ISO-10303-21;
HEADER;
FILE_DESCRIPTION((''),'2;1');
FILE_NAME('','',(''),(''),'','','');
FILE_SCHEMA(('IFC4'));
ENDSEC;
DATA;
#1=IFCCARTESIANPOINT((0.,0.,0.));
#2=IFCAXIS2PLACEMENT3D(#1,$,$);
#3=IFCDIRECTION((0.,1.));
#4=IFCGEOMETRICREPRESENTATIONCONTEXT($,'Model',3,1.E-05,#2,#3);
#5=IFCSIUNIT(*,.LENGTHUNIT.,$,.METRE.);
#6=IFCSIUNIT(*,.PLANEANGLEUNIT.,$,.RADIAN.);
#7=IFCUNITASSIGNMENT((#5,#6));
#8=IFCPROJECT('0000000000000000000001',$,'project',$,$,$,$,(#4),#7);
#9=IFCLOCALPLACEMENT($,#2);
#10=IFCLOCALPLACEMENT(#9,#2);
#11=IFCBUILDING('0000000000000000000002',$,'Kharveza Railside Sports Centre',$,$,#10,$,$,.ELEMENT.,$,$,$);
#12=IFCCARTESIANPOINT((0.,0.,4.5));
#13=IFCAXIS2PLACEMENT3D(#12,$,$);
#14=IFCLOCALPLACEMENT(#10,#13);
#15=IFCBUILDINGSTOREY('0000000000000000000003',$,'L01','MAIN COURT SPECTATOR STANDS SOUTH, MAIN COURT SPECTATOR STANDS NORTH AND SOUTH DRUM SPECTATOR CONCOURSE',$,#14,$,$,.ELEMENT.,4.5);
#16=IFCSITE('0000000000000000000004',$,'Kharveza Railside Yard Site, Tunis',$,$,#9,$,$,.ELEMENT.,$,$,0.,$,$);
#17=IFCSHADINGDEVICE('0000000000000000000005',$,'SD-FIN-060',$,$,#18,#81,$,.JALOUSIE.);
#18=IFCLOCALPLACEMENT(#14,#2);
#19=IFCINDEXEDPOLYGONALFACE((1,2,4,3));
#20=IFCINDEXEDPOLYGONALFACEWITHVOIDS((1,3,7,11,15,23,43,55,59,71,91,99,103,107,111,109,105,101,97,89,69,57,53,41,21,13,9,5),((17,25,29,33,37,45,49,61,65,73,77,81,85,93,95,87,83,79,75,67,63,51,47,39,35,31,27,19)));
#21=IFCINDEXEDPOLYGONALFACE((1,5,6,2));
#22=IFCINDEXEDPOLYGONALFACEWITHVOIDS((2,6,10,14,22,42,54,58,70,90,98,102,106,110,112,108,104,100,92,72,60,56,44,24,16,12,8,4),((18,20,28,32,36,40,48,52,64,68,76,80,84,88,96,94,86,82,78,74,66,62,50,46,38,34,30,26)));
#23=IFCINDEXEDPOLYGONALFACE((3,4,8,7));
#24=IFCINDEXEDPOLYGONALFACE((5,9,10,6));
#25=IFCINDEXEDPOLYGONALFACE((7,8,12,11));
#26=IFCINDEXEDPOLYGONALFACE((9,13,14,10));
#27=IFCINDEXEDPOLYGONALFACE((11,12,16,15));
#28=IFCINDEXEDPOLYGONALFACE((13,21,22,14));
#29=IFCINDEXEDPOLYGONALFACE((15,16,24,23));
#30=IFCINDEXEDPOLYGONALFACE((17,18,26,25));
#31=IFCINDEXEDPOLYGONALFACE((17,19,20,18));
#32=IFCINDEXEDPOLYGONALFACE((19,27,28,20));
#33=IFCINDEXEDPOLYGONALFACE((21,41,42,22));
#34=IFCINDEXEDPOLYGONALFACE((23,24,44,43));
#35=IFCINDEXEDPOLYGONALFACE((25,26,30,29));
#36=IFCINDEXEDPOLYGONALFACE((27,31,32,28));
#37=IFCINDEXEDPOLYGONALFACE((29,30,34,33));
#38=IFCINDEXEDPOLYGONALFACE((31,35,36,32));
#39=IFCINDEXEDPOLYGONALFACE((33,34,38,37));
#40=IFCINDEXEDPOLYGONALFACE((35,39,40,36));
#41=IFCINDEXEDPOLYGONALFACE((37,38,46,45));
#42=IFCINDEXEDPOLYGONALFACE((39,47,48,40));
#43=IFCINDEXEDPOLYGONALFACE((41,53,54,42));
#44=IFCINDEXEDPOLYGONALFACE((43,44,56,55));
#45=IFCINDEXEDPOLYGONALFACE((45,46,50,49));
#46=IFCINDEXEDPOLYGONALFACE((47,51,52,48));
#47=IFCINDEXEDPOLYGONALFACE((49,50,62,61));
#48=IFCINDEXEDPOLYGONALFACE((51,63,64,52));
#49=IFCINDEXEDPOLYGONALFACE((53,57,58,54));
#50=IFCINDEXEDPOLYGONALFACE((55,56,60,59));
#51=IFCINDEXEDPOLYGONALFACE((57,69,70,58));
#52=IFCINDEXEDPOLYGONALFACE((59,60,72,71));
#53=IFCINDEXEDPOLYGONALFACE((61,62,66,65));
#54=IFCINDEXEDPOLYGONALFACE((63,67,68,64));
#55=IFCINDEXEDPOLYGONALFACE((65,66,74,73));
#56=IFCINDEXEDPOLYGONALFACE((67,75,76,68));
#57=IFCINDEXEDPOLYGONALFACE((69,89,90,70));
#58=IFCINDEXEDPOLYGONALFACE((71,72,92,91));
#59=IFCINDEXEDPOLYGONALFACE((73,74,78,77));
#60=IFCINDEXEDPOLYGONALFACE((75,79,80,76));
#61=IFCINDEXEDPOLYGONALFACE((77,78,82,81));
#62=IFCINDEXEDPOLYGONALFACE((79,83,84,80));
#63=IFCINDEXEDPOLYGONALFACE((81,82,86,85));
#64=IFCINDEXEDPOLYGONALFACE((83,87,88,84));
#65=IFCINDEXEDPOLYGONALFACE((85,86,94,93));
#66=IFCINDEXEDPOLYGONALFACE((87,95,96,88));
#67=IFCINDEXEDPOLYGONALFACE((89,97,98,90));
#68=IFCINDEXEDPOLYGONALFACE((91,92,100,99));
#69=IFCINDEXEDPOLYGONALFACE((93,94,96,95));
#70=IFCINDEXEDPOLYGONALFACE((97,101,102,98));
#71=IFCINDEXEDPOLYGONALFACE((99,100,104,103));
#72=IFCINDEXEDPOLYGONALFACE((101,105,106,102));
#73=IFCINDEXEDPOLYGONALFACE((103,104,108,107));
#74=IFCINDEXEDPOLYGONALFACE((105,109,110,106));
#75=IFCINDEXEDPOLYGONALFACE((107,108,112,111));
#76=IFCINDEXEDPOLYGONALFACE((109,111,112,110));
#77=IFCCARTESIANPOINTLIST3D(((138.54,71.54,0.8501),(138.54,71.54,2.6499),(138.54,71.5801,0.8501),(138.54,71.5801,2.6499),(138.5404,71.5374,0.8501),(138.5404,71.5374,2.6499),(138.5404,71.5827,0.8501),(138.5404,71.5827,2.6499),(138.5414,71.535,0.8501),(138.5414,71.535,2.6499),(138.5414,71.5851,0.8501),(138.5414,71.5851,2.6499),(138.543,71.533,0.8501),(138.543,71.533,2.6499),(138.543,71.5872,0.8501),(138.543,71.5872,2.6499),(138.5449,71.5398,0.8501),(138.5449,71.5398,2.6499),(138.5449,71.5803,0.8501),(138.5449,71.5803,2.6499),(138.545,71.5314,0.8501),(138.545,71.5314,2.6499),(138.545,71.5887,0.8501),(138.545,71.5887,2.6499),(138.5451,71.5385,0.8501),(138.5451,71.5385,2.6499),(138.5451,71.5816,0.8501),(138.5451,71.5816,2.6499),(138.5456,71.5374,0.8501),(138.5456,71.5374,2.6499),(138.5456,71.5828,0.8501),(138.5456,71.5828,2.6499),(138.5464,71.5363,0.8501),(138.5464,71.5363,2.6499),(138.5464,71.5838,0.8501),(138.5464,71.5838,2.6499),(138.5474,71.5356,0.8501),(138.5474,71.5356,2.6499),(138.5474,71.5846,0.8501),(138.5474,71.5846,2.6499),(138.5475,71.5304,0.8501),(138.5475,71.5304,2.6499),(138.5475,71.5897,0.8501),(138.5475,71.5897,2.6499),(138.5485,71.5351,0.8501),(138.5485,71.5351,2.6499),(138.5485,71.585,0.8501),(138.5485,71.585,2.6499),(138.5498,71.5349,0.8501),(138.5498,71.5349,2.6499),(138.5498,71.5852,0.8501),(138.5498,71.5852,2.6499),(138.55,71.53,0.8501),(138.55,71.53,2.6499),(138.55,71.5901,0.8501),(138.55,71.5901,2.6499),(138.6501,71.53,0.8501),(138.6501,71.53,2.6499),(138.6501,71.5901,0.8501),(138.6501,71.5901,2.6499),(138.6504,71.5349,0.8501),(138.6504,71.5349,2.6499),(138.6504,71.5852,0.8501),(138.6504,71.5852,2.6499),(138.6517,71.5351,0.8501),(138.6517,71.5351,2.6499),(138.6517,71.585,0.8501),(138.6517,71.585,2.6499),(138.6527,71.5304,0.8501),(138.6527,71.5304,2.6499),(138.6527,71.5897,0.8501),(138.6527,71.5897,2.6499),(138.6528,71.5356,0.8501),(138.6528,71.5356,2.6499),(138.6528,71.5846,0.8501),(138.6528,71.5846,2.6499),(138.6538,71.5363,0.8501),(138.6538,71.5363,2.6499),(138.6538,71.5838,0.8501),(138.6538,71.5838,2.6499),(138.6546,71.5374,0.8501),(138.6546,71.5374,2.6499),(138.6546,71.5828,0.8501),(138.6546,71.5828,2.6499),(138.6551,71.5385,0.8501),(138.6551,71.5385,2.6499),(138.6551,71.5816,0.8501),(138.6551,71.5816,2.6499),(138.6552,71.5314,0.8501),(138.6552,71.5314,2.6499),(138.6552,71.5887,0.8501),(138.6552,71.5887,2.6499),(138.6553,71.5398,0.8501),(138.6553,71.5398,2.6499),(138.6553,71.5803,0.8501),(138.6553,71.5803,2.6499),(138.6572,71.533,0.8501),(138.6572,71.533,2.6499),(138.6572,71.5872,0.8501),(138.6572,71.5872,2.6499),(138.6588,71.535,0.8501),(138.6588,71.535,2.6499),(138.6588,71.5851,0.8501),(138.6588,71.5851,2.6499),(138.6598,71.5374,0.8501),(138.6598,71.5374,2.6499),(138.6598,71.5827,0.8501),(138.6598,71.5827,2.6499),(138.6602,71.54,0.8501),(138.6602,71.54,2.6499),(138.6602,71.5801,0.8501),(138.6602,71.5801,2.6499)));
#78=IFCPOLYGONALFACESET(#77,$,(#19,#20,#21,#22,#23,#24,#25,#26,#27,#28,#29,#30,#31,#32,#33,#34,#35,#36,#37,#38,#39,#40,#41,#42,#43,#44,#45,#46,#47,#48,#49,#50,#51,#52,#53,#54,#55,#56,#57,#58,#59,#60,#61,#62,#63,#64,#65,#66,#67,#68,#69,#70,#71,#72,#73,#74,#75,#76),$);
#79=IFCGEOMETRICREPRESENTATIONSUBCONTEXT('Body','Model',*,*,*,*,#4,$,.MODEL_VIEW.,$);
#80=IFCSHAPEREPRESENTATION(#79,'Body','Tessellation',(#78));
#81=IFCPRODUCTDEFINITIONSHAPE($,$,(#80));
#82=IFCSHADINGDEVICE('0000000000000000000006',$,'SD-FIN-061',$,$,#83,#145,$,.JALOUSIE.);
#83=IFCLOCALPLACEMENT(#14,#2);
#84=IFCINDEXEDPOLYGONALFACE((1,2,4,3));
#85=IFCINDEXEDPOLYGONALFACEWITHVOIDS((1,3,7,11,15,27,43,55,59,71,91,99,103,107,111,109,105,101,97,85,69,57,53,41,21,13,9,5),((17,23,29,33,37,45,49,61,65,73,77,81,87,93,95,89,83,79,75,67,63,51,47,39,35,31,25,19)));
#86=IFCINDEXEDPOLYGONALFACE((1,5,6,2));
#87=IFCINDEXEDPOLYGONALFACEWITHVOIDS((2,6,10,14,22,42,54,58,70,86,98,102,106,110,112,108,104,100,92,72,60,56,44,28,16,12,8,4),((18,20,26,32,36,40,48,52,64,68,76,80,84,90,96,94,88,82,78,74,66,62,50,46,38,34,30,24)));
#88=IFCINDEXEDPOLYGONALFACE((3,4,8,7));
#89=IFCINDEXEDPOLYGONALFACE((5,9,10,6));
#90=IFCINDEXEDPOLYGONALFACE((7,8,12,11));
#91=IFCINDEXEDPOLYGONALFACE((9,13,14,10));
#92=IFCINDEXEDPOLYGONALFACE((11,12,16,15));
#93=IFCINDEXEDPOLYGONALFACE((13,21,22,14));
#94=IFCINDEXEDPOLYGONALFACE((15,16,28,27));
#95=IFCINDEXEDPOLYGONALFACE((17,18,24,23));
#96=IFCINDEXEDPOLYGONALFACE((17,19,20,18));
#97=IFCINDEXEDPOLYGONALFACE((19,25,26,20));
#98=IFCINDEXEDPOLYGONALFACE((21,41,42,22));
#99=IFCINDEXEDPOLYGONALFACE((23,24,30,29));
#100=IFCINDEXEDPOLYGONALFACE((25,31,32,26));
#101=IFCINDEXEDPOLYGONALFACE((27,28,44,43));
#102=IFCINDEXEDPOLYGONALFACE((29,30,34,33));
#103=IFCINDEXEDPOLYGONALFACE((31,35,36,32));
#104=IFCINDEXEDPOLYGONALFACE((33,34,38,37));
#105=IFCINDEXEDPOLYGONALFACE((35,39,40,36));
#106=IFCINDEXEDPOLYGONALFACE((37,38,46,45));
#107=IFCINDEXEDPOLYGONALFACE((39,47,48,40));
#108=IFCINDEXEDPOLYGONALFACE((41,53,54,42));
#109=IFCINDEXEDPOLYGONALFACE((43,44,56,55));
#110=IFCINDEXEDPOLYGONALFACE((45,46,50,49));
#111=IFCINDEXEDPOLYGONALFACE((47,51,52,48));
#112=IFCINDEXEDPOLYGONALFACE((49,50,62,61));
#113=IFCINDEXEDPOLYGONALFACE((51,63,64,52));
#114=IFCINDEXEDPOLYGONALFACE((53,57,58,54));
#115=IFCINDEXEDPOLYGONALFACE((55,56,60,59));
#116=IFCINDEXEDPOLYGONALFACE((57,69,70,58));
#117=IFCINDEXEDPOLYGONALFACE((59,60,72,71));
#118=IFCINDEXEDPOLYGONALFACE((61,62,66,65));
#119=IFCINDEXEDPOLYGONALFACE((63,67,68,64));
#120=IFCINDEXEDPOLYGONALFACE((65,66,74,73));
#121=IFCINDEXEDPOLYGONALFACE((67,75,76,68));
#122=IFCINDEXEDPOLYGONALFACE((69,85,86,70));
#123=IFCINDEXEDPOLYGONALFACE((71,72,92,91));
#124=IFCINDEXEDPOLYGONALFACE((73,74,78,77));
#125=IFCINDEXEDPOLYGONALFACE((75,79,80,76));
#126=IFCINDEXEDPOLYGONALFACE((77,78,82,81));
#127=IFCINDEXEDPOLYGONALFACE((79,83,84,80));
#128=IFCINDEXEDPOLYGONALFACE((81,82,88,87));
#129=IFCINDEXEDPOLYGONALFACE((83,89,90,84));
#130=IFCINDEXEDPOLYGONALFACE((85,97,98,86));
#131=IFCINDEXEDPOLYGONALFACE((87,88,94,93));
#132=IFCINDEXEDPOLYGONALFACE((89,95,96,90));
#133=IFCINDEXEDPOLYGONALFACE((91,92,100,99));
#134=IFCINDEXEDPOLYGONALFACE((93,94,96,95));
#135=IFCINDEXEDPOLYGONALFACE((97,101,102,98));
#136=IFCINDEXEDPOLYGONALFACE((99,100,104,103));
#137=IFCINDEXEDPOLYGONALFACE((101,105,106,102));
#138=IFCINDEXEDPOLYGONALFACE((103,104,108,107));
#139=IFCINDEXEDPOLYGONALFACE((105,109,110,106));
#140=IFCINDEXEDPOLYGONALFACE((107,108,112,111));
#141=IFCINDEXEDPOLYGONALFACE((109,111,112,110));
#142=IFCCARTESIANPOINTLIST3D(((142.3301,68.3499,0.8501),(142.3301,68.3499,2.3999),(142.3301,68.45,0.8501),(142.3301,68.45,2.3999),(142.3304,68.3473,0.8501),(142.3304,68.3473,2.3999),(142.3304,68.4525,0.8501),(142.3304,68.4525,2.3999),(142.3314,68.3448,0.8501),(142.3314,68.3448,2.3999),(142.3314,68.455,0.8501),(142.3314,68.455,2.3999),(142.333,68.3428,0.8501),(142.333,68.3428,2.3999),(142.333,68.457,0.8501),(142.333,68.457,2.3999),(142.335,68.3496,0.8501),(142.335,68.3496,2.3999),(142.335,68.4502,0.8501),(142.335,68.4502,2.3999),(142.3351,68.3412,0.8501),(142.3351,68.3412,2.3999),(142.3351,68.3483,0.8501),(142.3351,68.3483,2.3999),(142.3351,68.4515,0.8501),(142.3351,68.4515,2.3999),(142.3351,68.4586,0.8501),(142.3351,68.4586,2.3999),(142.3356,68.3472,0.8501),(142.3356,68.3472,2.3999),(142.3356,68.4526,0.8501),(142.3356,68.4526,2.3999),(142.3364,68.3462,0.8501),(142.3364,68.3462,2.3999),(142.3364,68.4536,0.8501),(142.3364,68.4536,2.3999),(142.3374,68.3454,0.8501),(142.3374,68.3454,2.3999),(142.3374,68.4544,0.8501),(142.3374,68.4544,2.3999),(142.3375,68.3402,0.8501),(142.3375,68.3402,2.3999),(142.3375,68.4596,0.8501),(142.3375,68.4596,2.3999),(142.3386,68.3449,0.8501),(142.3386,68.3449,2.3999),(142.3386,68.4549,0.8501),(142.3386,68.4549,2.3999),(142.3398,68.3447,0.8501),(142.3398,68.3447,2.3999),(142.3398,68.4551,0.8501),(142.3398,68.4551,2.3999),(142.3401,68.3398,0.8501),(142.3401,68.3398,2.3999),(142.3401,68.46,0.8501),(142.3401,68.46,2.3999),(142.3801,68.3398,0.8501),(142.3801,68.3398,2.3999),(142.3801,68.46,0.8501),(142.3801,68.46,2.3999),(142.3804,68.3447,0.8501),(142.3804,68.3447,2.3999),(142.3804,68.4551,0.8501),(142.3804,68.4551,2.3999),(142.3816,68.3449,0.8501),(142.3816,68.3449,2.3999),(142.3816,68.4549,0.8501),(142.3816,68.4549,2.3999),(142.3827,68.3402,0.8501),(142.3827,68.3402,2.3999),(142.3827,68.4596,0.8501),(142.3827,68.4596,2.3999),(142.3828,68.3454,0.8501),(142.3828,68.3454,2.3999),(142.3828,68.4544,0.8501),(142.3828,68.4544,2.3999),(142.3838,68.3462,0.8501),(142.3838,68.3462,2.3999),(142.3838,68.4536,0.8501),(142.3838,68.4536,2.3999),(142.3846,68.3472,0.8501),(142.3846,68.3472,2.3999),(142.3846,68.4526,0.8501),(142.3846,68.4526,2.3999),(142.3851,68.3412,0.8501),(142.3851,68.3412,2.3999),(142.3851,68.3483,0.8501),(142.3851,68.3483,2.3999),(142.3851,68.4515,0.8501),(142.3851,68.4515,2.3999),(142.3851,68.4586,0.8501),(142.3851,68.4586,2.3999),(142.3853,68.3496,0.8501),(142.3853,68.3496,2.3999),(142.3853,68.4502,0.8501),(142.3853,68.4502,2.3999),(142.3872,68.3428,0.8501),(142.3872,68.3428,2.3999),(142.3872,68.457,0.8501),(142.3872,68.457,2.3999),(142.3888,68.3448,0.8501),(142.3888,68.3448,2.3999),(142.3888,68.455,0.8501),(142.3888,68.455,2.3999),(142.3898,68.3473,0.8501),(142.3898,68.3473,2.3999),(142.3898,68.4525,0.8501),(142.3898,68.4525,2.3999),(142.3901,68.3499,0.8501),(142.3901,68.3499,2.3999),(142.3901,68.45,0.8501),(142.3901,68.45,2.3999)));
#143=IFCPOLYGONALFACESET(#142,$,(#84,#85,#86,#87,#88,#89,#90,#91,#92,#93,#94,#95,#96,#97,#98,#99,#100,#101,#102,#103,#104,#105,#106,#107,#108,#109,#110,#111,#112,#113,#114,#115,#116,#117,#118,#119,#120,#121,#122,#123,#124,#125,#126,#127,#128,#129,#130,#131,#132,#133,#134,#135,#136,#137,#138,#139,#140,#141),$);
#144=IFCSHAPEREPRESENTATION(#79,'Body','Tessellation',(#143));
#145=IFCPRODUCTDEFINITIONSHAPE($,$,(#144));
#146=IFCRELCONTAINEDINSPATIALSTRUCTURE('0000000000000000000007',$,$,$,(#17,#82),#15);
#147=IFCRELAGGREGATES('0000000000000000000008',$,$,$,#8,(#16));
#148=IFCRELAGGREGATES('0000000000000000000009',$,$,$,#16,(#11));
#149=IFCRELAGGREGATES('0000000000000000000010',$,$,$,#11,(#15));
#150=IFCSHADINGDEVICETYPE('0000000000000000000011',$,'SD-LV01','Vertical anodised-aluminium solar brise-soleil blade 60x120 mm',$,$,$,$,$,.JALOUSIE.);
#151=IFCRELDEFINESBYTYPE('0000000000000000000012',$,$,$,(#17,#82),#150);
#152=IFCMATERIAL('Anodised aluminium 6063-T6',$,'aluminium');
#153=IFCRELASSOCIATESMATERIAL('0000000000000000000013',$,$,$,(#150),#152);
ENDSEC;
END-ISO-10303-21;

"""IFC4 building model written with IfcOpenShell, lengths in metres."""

from ifc_helpers import new_model, si_unit, direction, frame, origin, origin_2d, place, context, subcontext, project, spatial, hollow_rectangle, extrude, material, material_profile, profile_set, type_object, element, save


model = new_model("IFC4")

# Units and contexts
model_context = context("Model", 3, precision=1e-05, world=origin(), true_north=direction((0.0, 1.0)))
body_context = subcontext(model_context, "Body", "Model", "MODEL_VIEW")
ifc_project = project(units=[si_unit("LENGTHUNIT", "METRE"), si_unit("PLANEANGLEUNIT", "RADIAN")], contexts=[model_context])

# Site, building, storey
site_placement = place(None, origin())
site = spatial("IfcSite", under=ifc_project, at=site_placement, Name="Kharveza Railside Yard Site, Tunis", CompositionType="ELEMENT", RefElevation=0.0)
building_placement = place(site_placement, origin())
building = spatial("IfcBuilding", under=site, at=building_placement, Name="Kharveza Railside Sports Centre", CompositionType="ELEMENT")
storey_placement = place(building_placement, frame((0.0, 0.0, 4.5)))
storey = spatial("IfcBuildingStorey", under=building, at=storey_placement, Name="L01", Description="MAIN COURT SPECTATOR STANDS SOUTH, MAIN COURT SPECTATOR STANDS NORTH AND SOUTH DRUM SPECTATOR CONCOURSE", CompositionType="ELEMENT", Elevation=4.5)

# Shading devices
ifc_material_1 = material(Name="Anodised aluminium 6063-T6", Category="aluminium")
ifc_material_profile_1 = material_profile(ifc_material_1, hollow_rectangle(XDim=0.0601, YDim=0.1201, WallThickness=0.0049, InnerFilletRadius=0.0049, OuterFilletRadius=0.01, at=origin_2d()), Name="RHS 60x120x5.0")
ifc_profile_set_1 = profile_set([ifc_material_profile_1], Name="Anodised aluminium 6063-T6")
shading_device_type = type_object("IfcShadingDeviceType", Name="SD-LV01", Description="Vertical anodised-aluminium solar brise-soleil blade 60x120 mm", PredefinedType="JALOUSIE", material=ifc_profile_set_1)
shading_device_1_placement = place(storey_placement, frame((138.6001, 71.5601, 0.8501), z_axis=(0.0, 0.0, 1.0), x_axis=(0.0, -1.0, 0.0)))
element("IfcShadingDevice", 1, at=shading_device_1_placement, inside=storey, type_object=shading_device_type, Name="SD-FIN-060", PredefinedType="JALOUSIE", context=body_context, shape_type="SweptSolid", body=[
    extrude(hollow_rectangle(XDim=0.0601, YDim=0.1201, WallThickness=0.0049, InnerFilletRadius=0.0049, OuterFilletRadius=0.01, at=origin_2d()), origin(), (0.0, 0.0, 1.0), 1.7998),
])
shading_device_2_placement = place(storey_placement, frame((142.3601, 68.3999, 0.8501), z_axis=(0.0, 0.0, 1.0), x_axis=(-1.0, 0.0, 0.0)))
element("IfcShadingDevice", 2, at=shading_device_2_placement, inside=storey, type_object=shading_device_type, Name="SD-FIN-061", PredefinedType="JALOUSIE", context=body_context, shape_type="SweptSolid", body=[
    extrude(hollow_rectangle(XDim=0.0601, YDim=0.1201, WallThickness=0.0049, InnerFilletRadius=0.0049, OuterFilletRadius=0.01, at=origin_2d()), origin(), (0.0, 0.0, 1.0), 1.5498),
])

save(model, "model.ifc")
